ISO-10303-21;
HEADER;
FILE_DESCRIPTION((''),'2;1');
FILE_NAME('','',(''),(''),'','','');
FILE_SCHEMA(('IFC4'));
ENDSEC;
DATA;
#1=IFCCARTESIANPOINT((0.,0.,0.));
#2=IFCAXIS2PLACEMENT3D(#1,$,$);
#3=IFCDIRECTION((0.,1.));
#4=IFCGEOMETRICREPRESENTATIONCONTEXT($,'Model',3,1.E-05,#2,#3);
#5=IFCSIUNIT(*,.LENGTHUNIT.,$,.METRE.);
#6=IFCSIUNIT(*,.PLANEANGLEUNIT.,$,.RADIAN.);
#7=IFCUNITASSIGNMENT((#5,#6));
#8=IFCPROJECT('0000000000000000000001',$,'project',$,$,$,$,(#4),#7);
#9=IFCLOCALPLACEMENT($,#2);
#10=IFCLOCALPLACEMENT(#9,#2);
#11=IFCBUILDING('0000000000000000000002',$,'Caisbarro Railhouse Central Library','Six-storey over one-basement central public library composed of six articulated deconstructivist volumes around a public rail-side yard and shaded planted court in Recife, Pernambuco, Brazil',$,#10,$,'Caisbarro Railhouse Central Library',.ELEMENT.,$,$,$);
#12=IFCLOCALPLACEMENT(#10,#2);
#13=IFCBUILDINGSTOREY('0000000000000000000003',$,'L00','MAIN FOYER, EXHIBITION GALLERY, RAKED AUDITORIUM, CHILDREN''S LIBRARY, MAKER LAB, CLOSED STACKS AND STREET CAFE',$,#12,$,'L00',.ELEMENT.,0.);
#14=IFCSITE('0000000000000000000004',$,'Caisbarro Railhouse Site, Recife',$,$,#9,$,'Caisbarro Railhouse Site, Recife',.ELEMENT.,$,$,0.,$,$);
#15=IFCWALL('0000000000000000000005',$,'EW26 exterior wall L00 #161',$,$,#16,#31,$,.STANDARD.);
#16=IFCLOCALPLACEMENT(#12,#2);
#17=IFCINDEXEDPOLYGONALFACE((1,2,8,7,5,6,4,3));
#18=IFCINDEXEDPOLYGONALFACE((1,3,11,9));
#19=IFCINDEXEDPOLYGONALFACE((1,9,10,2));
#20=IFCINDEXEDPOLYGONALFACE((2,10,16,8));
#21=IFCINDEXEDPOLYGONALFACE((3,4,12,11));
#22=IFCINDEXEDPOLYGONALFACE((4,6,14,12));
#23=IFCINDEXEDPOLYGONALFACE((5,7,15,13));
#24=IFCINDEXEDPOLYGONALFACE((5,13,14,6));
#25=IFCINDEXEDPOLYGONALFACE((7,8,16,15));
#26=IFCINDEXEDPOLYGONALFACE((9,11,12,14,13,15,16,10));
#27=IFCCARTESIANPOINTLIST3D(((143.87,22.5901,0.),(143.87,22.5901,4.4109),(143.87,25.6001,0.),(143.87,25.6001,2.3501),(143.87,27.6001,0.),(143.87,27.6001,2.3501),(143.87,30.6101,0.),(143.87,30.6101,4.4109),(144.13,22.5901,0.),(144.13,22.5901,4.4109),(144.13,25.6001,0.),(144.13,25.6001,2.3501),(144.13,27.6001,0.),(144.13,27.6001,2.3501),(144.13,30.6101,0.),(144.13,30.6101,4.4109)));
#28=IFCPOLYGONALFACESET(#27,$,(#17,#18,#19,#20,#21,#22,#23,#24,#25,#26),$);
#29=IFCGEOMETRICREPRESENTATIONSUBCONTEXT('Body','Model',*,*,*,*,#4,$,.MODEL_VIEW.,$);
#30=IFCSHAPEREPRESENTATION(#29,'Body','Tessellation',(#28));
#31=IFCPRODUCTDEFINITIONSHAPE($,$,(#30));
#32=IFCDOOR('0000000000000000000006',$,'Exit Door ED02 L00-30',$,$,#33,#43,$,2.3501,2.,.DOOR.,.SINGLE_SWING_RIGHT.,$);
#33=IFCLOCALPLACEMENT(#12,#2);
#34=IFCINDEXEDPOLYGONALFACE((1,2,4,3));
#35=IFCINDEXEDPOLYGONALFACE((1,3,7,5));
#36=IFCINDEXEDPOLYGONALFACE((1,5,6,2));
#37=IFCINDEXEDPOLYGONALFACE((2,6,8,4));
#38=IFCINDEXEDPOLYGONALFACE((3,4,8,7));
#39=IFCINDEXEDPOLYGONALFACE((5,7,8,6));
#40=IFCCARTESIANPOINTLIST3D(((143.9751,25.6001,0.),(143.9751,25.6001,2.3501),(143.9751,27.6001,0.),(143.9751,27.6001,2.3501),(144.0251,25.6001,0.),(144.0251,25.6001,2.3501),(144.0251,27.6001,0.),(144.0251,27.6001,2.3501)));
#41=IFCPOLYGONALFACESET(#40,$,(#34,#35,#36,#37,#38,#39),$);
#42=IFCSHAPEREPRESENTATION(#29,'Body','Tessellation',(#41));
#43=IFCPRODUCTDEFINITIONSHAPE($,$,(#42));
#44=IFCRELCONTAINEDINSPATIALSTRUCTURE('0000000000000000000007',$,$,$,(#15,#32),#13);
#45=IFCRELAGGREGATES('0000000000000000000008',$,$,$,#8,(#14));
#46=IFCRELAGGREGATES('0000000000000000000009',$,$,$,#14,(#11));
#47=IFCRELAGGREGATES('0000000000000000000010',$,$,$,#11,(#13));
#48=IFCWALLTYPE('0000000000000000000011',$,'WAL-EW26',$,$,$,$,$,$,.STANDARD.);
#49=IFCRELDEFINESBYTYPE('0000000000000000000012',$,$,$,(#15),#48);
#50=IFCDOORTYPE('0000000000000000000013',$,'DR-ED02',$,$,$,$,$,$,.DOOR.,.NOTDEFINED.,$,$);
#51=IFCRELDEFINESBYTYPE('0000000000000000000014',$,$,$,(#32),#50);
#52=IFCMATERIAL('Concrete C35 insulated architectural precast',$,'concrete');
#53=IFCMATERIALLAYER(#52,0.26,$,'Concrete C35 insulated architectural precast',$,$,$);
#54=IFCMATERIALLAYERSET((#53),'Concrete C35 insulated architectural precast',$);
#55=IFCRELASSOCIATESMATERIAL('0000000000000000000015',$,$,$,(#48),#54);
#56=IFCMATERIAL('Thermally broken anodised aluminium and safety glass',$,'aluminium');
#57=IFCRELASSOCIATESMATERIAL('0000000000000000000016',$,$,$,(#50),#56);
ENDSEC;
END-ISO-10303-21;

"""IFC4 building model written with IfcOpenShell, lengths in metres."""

from ifc_helpers import new_model, si_unit, direction, frame, frame_2d, origin, place, context, subcontext, project, spatial, rectangle, extrude, material, layer, layer_set, type_object, element, fill, save


model = new_model("IFC4")

# Units and contexts
model_context = context("Model", 3, precision=1e-05, world=origin(), true_north=direction((0.0, 1.0)))
body_context = subcontext(model_context, "Body", "Model", "MODEL_VIEW")
ifc_project = project(units=[si_unit("LENGTHUNIT", "METRE"), si_unit("PLANEANGLEUNIT", "RADIAN")], contexts=[model_context])

# Site, building, storey
site_placement = place(None, origin())
site = spatial("IfcSite", under=ifc_project, at=site_placement, Name="Caisbarro Railhouse Site, Recife", LongName="Caisbarro Railhouse Site, Recife", CompositionType="ELEMENT", RefElevation=0.0)
building_placement = place(site_placement, origin())
building = spatial("IfcBuilding", under=site, at=building_placement, Name="Caisbarro Railhouse Central Library", Description="Six-storey over one-basement central public library composed of six articulated deconstructivist volumes around a public rail-side yard and shaded planted court in Recife, Pernambuco, Brazil", LongName="Caisbarro Railhouse Central Library", CompositionType="ELEMENT")
storey_placement = place(building_placement, origin())
storey = spatial("IfcBuildingStorey", under=building, at=storey_placement, Name="L00", Description="MAIN FOYER, EXHIBITION GALLERY, RAKED AUDITORIUM, CHILDREN'S LIBRARY, MAKER LAB, CLOSED STACKS AND STREET CAFE", LongName="L00", CompositionType="ELEMENT", Elevation=0.0)

# Wall, opening, door
ifc_material_1 = material(Name="Concrete C35 insulated architectural precast", Category="concrete")
ifc_layer_1 = layer(ifc_material_1, 0.26, Name="Concrete C35 insulated architectural precast")
ifc_layer_set_1 = layer_set([ifc_layer_1], Name="Concrete C35 insulated architectural precast")
wall_type = type_object("IfcWallType", Name="WAL-EW26", PredefinedType="STANDARD", material=ifc_layer_set_1)
wall_placement = place(storey_placement, frame((144.0, 22.5901, 0.0), z_axis=(0.0, 0.0, 1.0), x_axis=(0.0, 1.0, 0.0)))
wall = element("IfcWall", 1, at=wall_placement, inside=storey, type_object=wall_type, Name="EW26 exterior wall L00 #161", PredefinedType="STANDARD", context=body_context, shape_type="SweptSolid", body=[
    extrude(rectangle(XDim=8.02, YDim=0.26, at=frame_2d((4.01, 0.0))), origin(), (0.0, 0.0, 1.0), 4.4109),
])
opening_placement = place(wall_placement, frame((3.01, 0.0, 0.0)))
opening = element("IfcOpeningElement", 2, at=opening_placement, cuts=wall, PredefinedType="OPENING", context=body_context, shape_type="SweptSolid", body=[
    extrude(rectangle(XDim=2.0, YDim=2.3501, at=frame_2d((1.0, 1.175))), frame((0.0, 0.1401, 0.0), z_axis=(0.0, -1.0, 0.0), x_axis=(1.0, 0.0, 0.0)), (0.0, 0.0, 1.0), 0.28),
])
ifc_material_2 = material(Name="Thermally broken anodised aluminium and safety glass", Category="aluminium")
door_type = type_object("IfcDoorType", Name="DR-ED02", OperationType="NOTDEFINED", PredefinedType="DOOR", material=ifc_material_2)
door_placement = place(opening_placement, origin())
door = element("IfcDoor", 3, at=door_placement, inside=storey, type_object=door_type, Name="Exit Door ED02 L00-30", OperationType="SINGLE_SWING_RIGHT", OverallHeight=2.3501, OverallWidth=2.0, PredefinedType="DOOR", context=body_context, shape_type="SweptSolid", body=[
    extrude(rectangle(XDim=2.0, YDim=2.3501, at=frame_2d((1.0, 1.175))), frame((0.0, 0.0249, 0.0), z_axis=(0.0, -1.0, 0.0), x_axis=(1.0, 0.0, 0.0)), (0.0, 0.0, 1.0), 0.05),
])
fill(opening, door)

save(model, "model.ifc")
